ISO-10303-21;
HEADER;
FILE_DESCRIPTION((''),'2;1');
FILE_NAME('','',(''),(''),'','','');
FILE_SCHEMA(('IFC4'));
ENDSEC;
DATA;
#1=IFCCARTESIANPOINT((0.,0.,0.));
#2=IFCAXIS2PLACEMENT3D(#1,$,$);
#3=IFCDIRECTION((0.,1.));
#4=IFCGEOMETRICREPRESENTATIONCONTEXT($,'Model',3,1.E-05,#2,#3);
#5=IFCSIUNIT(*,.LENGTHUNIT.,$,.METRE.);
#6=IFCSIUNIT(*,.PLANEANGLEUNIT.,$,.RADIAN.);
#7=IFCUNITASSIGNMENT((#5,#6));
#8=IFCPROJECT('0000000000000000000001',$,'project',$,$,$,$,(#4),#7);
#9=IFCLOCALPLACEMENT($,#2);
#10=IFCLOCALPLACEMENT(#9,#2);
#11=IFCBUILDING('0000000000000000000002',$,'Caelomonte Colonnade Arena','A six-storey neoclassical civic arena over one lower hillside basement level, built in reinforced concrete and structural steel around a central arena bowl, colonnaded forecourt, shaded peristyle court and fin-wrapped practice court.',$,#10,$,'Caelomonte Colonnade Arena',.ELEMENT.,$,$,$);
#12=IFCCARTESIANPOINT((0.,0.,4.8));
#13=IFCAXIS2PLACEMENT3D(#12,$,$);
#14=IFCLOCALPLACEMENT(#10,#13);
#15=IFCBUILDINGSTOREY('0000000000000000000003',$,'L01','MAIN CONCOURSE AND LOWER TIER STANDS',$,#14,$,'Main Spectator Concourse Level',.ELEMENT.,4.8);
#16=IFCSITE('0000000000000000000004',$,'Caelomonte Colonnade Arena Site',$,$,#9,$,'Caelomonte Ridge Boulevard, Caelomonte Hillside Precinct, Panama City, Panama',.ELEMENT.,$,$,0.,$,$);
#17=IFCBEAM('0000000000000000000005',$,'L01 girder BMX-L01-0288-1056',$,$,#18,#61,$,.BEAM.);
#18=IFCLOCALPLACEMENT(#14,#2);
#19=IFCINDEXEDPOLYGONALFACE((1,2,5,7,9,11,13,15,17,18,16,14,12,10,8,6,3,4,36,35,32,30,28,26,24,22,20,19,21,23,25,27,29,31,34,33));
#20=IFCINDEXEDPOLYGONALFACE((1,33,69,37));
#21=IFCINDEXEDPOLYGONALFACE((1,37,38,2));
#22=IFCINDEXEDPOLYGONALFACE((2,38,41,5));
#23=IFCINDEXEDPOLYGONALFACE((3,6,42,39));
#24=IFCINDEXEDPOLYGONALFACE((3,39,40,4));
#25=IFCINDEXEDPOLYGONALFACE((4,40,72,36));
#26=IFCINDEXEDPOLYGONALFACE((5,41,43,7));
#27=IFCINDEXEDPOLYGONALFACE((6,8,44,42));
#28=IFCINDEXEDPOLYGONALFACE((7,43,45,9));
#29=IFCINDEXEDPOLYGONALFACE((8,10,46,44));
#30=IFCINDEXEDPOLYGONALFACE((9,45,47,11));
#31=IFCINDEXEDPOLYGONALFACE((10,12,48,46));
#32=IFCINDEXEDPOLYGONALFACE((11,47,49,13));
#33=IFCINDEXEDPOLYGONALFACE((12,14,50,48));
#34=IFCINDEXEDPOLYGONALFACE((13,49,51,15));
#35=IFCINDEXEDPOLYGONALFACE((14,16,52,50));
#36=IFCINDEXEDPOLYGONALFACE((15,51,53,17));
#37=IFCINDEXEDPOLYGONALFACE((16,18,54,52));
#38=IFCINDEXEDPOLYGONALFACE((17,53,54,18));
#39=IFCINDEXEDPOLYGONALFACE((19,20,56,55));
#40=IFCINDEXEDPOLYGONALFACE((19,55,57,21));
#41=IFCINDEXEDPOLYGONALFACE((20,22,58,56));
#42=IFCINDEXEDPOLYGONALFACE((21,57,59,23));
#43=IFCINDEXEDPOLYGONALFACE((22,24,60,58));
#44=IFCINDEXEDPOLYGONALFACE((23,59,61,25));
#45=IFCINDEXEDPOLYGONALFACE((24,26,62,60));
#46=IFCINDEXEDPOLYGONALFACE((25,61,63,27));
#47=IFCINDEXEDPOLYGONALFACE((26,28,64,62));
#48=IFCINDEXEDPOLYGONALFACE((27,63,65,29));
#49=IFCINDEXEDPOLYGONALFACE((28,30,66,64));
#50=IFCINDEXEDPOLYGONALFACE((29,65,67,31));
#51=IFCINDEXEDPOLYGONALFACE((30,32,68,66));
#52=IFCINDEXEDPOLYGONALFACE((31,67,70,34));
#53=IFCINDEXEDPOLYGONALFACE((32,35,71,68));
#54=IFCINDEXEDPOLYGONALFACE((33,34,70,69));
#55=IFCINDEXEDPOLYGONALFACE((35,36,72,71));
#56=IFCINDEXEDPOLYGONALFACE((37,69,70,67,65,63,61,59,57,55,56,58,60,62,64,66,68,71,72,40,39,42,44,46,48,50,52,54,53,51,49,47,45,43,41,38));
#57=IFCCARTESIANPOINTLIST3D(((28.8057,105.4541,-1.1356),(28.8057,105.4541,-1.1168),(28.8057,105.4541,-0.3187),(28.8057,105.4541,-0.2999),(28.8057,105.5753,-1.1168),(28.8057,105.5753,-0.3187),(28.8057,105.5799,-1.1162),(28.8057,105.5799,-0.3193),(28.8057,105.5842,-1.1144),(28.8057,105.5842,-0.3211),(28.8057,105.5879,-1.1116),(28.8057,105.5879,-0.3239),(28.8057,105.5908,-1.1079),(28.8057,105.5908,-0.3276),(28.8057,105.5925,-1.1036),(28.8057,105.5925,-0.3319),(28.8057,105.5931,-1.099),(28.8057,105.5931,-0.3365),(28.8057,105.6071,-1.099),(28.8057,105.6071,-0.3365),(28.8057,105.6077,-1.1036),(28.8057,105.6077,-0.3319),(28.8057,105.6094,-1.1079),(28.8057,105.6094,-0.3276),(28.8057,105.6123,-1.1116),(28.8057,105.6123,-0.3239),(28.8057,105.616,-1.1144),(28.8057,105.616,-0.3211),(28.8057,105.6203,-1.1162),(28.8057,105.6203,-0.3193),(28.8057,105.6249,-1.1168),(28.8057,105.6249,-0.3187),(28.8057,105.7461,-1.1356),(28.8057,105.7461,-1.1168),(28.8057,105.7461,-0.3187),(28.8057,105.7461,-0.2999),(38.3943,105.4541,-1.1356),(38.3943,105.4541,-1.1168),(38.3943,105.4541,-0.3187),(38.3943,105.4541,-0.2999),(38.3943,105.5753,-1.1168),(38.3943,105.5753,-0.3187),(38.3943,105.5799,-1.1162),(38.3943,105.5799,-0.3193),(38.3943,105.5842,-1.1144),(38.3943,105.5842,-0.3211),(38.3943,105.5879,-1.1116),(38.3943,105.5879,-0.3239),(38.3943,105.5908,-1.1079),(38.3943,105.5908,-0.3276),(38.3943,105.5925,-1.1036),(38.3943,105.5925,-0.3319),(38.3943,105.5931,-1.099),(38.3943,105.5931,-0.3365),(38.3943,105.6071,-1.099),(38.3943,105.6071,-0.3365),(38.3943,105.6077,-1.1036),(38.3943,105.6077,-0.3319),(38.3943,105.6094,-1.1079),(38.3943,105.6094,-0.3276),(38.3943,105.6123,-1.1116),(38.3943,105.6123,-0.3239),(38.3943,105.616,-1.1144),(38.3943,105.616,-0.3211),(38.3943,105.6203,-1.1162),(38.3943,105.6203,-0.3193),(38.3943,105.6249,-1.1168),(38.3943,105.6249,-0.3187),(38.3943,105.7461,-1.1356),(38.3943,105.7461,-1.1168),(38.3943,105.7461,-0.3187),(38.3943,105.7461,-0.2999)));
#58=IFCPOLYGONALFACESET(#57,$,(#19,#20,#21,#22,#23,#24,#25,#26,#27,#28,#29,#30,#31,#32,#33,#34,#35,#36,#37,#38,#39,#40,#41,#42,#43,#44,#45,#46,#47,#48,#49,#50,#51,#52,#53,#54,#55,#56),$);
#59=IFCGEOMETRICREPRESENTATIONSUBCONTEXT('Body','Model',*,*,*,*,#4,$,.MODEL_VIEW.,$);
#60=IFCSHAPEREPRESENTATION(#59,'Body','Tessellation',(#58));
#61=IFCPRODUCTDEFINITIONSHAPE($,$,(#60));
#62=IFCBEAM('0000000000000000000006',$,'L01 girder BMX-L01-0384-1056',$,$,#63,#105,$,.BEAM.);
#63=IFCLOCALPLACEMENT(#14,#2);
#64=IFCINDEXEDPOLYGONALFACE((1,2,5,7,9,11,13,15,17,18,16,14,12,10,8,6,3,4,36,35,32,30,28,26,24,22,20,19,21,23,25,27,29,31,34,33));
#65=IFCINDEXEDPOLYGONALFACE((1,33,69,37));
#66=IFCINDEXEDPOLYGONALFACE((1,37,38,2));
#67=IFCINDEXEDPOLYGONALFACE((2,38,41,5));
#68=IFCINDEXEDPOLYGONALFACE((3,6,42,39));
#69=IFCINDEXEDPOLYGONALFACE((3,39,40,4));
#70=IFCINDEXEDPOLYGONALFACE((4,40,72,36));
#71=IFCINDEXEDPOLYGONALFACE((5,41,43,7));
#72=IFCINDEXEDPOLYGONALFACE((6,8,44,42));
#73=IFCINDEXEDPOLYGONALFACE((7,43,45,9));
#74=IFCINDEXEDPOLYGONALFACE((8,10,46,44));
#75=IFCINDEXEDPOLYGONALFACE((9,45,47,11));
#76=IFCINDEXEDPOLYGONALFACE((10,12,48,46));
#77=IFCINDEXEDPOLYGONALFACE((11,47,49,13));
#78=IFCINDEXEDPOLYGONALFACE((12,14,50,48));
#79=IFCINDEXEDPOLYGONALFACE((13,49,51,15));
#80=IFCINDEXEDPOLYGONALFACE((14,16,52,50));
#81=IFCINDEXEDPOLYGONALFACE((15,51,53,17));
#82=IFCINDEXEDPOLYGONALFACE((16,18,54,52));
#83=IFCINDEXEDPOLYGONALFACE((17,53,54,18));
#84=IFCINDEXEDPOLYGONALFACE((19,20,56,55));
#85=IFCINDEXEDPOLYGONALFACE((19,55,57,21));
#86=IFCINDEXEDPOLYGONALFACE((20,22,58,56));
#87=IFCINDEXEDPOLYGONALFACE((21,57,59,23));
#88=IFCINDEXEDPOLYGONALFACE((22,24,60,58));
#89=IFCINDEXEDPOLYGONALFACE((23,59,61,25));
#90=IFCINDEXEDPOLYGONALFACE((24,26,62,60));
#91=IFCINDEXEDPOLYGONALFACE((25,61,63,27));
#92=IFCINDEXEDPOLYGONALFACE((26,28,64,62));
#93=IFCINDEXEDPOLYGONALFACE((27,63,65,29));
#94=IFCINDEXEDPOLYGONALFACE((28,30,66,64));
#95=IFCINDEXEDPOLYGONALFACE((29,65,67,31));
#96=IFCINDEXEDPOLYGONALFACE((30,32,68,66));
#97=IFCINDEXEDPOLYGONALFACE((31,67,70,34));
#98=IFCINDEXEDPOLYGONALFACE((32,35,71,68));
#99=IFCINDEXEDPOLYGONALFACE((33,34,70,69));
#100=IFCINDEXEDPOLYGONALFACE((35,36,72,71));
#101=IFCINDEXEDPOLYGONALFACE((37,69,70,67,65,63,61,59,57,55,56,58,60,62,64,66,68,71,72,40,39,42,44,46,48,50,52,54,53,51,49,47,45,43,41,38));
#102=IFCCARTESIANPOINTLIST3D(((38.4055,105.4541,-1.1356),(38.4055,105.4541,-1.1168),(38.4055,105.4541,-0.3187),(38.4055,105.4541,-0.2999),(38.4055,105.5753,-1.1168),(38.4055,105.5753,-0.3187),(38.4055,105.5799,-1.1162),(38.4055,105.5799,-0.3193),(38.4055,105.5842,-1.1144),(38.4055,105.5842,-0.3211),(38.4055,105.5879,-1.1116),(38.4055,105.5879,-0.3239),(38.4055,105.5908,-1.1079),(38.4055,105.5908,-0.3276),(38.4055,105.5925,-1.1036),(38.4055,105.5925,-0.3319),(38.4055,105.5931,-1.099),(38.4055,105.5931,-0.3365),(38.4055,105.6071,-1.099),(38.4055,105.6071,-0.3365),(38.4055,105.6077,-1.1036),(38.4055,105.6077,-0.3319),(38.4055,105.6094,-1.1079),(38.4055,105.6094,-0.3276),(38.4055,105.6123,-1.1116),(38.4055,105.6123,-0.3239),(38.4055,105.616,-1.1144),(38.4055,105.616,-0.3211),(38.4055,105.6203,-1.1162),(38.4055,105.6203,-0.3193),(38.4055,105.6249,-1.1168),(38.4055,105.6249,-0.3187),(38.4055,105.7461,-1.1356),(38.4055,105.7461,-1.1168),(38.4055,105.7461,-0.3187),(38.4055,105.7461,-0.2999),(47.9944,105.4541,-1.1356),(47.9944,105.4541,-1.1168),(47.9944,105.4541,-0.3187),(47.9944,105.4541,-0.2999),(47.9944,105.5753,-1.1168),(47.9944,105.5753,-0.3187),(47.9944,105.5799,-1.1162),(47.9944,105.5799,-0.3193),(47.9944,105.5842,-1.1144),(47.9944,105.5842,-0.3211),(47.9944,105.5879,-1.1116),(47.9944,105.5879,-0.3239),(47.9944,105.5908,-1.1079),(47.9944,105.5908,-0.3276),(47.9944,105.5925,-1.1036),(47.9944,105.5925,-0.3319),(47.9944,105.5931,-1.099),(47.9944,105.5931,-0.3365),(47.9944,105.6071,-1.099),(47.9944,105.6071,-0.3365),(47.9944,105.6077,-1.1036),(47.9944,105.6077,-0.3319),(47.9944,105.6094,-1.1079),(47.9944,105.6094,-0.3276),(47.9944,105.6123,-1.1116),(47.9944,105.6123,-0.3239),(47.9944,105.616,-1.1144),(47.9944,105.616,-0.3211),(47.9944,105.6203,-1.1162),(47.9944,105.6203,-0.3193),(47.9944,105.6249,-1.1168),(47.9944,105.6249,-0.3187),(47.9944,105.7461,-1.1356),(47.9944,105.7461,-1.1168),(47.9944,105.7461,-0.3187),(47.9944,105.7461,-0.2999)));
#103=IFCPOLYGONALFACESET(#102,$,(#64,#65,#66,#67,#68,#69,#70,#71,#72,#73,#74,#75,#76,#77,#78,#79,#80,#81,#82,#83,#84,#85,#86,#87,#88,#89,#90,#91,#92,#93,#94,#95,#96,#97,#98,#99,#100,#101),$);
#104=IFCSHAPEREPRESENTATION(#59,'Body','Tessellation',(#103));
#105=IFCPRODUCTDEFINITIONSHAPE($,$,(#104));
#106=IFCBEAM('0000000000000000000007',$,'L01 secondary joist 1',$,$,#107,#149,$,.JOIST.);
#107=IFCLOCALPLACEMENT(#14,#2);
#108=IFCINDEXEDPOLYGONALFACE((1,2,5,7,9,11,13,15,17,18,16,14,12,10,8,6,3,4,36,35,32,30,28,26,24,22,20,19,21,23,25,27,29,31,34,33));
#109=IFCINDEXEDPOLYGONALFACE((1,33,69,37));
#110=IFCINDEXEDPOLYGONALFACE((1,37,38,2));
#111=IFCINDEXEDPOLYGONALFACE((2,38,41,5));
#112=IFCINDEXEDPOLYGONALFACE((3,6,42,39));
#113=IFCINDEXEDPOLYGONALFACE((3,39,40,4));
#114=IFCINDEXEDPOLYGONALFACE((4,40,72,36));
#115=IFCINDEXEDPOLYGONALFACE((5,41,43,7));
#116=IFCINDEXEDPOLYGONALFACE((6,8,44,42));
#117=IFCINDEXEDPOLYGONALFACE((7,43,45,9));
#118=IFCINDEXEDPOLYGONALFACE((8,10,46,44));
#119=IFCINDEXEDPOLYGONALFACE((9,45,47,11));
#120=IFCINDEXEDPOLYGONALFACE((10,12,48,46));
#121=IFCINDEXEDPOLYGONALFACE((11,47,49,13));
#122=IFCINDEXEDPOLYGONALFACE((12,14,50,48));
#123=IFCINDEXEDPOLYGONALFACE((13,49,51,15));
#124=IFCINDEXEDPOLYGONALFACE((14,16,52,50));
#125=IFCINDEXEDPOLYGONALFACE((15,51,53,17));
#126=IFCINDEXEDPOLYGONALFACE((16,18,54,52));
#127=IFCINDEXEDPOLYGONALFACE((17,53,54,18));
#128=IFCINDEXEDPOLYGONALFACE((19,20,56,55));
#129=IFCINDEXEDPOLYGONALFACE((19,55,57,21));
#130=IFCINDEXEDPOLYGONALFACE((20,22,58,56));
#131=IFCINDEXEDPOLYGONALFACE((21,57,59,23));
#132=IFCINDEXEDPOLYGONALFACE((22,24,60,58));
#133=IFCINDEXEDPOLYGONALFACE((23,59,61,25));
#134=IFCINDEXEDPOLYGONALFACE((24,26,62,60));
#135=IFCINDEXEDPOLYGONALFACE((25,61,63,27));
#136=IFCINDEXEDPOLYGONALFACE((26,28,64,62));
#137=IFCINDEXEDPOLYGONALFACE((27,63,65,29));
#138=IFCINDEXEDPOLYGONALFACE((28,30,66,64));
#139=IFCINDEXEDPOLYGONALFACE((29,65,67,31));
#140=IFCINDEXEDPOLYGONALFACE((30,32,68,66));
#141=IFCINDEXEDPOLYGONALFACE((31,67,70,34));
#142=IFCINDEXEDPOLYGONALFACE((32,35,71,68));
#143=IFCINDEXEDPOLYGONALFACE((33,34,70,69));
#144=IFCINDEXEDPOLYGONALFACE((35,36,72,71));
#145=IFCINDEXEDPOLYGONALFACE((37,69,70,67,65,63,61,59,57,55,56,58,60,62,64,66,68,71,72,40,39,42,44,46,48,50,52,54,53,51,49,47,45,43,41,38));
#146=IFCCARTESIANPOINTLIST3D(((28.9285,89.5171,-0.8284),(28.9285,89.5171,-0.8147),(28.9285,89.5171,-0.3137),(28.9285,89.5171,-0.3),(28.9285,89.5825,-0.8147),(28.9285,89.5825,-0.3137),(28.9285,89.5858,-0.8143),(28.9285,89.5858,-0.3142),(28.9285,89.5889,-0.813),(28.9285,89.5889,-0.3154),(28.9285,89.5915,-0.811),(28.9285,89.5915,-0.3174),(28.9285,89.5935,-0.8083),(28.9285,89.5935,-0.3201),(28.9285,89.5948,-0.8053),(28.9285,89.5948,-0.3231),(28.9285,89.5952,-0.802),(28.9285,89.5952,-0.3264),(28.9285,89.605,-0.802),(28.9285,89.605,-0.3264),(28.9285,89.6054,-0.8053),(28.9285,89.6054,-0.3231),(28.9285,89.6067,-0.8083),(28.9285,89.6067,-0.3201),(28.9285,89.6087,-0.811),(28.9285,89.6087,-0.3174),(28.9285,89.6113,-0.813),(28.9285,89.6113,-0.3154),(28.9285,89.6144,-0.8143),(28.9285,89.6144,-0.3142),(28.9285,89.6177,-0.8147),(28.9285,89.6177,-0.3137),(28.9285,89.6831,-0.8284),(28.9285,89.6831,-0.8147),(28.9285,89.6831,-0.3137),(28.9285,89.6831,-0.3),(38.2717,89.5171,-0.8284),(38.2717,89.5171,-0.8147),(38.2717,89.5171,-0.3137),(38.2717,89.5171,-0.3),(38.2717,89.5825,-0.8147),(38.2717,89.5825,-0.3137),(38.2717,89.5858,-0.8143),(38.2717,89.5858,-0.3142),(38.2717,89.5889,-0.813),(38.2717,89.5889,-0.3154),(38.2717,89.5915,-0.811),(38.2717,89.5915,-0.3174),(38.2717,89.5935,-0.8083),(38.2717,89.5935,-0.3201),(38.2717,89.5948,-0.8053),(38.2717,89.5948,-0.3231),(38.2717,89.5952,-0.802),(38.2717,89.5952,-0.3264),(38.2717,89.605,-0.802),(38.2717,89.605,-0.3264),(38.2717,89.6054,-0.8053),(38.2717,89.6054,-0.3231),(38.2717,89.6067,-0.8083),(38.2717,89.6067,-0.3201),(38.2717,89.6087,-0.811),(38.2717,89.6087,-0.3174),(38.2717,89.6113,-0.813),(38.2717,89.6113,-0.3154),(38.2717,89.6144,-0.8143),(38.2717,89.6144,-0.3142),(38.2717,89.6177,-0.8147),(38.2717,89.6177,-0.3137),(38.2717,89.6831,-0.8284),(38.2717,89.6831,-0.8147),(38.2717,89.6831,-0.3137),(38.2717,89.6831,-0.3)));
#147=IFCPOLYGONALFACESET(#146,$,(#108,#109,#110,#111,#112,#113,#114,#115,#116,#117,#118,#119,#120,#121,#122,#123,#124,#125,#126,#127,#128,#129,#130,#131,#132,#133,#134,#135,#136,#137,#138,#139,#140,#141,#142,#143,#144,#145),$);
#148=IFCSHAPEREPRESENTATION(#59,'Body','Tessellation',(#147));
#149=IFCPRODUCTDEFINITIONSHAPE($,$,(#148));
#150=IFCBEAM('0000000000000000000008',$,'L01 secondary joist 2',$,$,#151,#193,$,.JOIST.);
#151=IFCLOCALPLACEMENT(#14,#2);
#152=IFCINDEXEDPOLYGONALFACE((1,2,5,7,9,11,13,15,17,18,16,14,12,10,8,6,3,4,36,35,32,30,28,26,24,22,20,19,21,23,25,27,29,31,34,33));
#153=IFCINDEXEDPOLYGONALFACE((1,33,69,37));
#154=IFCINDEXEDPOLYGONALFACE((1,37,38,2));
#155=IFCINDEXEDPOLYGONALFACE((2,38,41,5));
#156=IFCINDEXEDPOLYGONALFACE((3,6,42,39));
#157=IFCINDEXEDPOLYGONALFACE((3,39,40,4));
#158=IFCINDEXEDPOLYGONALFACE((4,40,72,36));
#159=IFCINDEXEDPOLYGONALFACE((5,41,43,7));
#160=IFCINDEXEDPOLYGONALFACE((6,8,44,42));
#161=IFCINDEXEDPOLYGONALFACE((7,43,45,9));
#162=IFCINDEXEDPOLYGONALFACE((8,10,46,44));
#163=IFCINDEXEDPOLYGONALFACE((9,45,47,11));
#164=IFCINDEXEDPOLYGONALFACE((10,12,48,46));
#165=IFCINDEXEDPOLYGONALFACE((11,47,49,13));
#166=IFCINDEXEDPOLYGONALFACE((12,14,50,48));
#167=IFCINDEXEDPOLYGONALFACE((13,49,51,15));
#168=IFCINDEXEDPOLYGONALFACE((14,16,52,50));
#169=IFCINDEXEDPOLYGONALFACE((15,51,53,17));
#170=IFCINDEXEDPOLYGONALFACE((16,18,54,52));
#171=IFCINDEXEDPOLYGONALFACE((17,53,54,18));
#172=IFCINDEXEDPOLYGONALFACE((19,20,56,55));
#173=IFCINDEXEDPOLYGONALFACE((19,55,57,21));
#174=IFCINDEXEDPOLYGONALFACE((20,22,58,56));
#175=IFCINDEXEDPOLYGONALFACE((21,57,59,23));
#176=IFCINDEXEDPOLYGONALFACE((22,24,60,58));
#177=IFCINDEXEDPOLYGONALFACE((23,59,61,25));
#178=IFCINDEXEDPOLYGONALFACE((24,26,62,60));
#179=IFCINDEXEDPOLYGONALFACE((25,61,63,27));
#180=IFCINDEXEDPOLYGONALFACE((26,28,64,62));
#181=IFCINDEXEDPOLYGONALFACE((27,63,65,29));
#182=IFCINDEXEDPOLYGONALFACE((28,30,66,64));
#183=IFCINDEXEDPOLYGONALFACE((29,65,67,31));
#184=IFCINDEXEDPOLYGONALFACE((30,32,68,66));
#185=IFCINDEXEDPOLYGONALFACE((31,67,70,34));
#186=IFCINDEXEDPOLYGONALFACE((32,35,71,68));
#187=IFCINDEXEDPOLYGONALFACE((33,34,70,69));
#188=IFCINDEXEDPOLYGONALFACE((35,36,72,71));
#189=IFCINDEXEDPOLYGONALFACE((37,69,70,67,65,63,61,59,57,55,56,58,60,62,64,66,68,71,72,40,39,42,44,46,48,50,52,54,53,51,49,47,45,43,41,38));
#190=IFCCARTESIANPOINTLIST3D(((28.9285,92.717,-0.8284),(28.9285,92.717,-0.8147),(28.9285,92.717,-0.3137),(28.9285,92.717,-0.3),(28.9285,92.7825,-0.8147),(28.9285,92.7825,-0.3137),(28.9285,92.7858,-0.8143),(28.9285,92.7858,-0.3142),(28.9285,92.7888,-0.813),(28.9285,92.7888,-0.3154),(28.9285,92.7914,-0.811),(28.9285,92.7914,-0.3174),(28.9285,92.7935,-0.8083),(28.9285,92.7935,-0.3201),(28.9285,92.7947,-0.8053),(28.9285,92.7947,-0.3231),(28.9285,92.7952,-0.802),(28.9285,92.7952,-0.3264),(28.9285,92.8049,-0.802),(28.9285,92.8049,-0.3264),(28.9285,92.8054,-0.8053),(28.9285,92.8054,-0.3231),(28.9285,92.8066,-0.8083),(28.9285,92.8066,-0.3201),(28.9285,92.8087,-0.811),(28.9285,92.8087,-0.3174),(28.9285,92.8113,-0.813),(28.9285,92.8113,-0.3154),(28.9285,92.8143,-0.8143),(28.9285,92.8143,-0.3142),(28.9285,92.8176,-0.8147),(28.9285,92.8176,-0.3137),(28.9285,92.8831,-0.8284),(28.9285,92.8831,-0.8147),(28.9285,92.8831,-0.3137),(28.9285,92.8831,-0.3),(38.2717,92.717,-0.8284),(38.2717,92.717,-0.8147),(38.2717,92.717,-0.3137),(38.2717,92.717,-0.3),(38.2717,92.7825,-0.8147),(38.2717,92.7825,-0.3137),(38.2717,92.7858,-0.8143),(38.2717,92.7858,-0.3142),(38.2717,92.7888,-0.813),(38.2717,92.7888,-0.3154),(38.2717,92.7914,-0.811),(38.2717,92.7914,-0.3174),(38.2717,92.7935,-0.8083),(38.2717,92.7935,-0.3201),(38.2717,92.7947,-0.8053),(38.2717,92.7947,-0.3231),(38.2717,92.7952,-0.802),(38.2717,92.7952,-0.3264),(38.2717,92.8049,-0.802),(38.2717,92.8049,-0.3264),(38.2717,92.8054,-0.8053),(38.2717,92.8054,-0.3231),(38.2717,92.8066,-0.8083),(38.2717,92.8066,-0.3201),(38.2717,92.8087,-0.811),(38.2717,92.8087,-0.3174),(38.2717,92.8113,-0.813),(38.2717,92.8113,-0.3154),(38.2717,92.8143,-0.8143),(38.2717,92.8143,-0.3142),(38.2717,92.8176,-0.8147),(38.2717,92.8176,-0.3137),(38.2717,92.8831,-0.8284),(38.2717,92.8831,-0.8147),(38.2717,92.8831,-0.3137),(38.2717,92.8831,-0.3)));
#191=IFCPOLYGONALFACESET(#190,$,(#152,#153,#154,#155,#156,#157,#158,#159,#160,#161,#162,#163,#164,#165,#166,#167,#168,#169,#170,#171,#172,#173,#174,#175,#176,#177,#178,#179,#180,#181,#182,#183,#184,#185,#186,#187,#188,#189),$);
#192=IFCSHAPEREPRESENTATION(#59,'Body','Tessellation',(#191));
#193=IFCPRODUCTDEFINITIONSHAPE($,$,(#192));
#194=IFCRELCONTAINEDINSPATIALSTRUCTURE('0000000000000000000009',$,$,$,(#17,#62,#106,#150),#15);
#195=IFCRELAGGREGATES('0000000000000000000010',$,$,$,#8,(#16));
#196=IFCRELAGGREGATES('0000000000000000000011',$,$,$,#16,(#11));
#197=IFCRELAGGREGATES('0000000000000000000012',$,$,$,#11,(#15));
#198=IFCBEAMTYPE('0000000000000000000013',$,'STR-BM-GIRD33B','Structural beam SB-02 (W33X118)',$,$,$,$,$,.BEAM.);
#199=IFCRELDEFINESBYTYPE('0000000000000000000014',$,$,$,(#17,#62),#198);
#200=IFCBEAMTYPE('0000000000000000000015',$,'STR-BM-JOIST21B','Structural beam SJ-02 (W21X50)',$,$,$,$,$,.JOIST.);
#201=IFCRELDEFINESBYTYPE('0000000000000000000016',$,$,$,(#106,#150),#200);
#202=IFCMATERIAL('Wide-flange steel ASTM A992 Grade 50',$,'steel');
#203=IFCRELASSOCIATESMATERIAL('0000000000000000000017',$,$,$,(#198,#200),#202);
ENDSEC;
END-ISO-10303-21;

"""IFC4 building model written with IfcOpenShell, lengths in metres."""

from ifc_helpers import new_model, si_unit, direction, frame, origin, origin_2d, place, context, subcontext, project, spatial, i_section, extrude, material, material_profile, profile_set, type_object, element, save


model = new_model("IFC4")

# Units and contexts
model_context = context("Model", 3, precision=1e-05, world=origin(), true_north=direction((0.0, 1.0)))
body_context = subcontext(model_context, "Body", "Model", "MODEL_VIEW")
ifc_project = project(units=[si_unit("LENGTHUNIT", "METRE"), si_unit("PLANEANGLEUNIT", "RADIAN")], contexts=[model_context])

# Site, building, storey
site_placement = place(None, origin())
site = spatial("IfcSite", under=ifc_project, at=site_placement, Name="Caelomonte Colonnade Arena Site", LongName="Caelomonte Ridge Boulevard, Caelomonte Hillside Precinct, Panama City, Panama", CompositionType="ELEMENT", RefElevation=0.0)
building_placement = place(site_placement, origin())
building = spatial("IfcBuilding", under=site, at=building_placement, Name="Caelomonte Colonnade Arena", Description="A six-storey neoclassical civic arena over one lower hillside basement level, built in reinforced concrete and structural steel around a central arena bowl, colonnaded forecourt, shaded peristyle court and fin-wrapped practice court.", LongName="Caelomonte Colonnade Arena", CompositionType="ELEMENT")
storey_placement = place(building_placement, frame((0.0, 0.0, 4.8)))
storey = spatial("IfcBuildingStorey", under=building, at=storey_placement, Name="L01", Description="MAIN CONCOURSE AND LOWER TIER STANDS", LongName="Main Spectator Concourse Level", CompositionType="ELEMENT", Elevation=4.8)

# Beams
ifc_material_1 = material(Name="Wide-flange steel ASTM A992 Grade 50", Category="steel")
ifc_material_profile_1 = material_profile(ifc_material_1, i_section(OverallWidth=0.292, OverallDepth=0.8357, WebThickness=0.0139, FlangeThickness=0.0188, FilletRadius=0.0178, at=origin_2d()), Name="W33X118")
ifc_profile_set_1 = profile_set([ifc_material_profile_1], Name="Wide-flange steel ASTM A992 Grade 50")
beam_type_1 = type_object("IfcBeamType", Name="STR-BM-GIRD33B", Description="Structural beam SB-02 (W33X118)", PredefinedType="BEAM", material=ifc_profile_set_1)
beam_1_placement = place(storey_placement, frame((28.8057, 105.6001, -0.7178), z_axis=(1.0, 0.0, 0.0), x_axis=(0.0, 1.0, 0.0)))
element("IfcBeam", 1, at=beam_1_placement, inside=storey, type_object=beam_type_1, Name="L01 girder BMX-L01-0288-1056", PredefinedType="BEAM", context=body_context, shape_type="SweptSolid", body=[
    extrude(i_section(OverallWidth=0.292, OverallDepth=0.8357, WebThickness=0.0139, FlangeThickness=0.0188, FilletRadius=0.0178, at=origin_2d()), origin(), (0.0, 0.0, 1.0), 9.5886),
])
beam_2_placement = place(storey_placement, frame((38.4055, 105.6001, -0.7178), z_axis=(1.0, 0.0, 0.0), x_axis=(0.0, 1.0, 0.0)))
element("IfcBeam", 2, at=beam_2_placement, inside=storey, type_object=beam_type_1, Name="L01 girder BMX-L01-0384-1056", PredefinedType="BEAM", context=body_context, shape_type="SweptSolid", body=[
    extrude(i_section(OverallWidth=0.292, OverallDepth=0.8357, WebThickness=0.0139, FlangeThickness=0.0188, FilletRadius=0.0178, at=origin_2d()), origin(), (0.0, 0.0, 1.0), 9.5889),
])
ifc_material_profile_2 = material_profile(ifc_material_1, i_section(OverallWidth=0.166, OverallDepth=0.5283, WebThickness=0.0098, FlangeThickness=0.0137, FilletRadius=0.0127, at=origin_2d()), Name="W21X50")
ifc_profile_set_2 = profile_set([ifc_material_profile_2], Name="Wide-flange steel ASTM A992 Grade 50")
beam_type_2 = type_object("IfcBeamType", Name="STR-BM-JOIST21B", Description="Structural beam SJ-02 (W21X50)", PredefinedType="JOIST", material=ifc_profile_set_2)
for number, where, z_axis, x_axis, name in (
    (3, (28.9285, 89.6001, -0.5642), (1.0, 0.0, 0.0), (0.0, 1.0, 0.0), "L01 secondary joist 1"),
    (4, (28.9285, 92.8, -0.5642), (1.0, 0.0, 0.0), (0.0, 1.0, 0.0), "L01 secondary joist 2"),
):
    element("IfcBeam", number, at=place(storey_placement, frame(where, z_axis=z_axis, x_axis=x_axis)), inside=storey, type_object=beam_type_2, Name=name, PredefinedType="JOIST", context=body_context, shape_type="SweptSolid", body=[
        extrude(i_section(OverallWidth=0.166, OverallDepth=0.5283, WebThickness=0.0098, FlangeThickness=0.0137, FilletRadius=0.0127, at=origin_2d()), origin(), (0.0, 0.0, 1.0), 9.3433),
    ])

save(model, "model.ifc")
